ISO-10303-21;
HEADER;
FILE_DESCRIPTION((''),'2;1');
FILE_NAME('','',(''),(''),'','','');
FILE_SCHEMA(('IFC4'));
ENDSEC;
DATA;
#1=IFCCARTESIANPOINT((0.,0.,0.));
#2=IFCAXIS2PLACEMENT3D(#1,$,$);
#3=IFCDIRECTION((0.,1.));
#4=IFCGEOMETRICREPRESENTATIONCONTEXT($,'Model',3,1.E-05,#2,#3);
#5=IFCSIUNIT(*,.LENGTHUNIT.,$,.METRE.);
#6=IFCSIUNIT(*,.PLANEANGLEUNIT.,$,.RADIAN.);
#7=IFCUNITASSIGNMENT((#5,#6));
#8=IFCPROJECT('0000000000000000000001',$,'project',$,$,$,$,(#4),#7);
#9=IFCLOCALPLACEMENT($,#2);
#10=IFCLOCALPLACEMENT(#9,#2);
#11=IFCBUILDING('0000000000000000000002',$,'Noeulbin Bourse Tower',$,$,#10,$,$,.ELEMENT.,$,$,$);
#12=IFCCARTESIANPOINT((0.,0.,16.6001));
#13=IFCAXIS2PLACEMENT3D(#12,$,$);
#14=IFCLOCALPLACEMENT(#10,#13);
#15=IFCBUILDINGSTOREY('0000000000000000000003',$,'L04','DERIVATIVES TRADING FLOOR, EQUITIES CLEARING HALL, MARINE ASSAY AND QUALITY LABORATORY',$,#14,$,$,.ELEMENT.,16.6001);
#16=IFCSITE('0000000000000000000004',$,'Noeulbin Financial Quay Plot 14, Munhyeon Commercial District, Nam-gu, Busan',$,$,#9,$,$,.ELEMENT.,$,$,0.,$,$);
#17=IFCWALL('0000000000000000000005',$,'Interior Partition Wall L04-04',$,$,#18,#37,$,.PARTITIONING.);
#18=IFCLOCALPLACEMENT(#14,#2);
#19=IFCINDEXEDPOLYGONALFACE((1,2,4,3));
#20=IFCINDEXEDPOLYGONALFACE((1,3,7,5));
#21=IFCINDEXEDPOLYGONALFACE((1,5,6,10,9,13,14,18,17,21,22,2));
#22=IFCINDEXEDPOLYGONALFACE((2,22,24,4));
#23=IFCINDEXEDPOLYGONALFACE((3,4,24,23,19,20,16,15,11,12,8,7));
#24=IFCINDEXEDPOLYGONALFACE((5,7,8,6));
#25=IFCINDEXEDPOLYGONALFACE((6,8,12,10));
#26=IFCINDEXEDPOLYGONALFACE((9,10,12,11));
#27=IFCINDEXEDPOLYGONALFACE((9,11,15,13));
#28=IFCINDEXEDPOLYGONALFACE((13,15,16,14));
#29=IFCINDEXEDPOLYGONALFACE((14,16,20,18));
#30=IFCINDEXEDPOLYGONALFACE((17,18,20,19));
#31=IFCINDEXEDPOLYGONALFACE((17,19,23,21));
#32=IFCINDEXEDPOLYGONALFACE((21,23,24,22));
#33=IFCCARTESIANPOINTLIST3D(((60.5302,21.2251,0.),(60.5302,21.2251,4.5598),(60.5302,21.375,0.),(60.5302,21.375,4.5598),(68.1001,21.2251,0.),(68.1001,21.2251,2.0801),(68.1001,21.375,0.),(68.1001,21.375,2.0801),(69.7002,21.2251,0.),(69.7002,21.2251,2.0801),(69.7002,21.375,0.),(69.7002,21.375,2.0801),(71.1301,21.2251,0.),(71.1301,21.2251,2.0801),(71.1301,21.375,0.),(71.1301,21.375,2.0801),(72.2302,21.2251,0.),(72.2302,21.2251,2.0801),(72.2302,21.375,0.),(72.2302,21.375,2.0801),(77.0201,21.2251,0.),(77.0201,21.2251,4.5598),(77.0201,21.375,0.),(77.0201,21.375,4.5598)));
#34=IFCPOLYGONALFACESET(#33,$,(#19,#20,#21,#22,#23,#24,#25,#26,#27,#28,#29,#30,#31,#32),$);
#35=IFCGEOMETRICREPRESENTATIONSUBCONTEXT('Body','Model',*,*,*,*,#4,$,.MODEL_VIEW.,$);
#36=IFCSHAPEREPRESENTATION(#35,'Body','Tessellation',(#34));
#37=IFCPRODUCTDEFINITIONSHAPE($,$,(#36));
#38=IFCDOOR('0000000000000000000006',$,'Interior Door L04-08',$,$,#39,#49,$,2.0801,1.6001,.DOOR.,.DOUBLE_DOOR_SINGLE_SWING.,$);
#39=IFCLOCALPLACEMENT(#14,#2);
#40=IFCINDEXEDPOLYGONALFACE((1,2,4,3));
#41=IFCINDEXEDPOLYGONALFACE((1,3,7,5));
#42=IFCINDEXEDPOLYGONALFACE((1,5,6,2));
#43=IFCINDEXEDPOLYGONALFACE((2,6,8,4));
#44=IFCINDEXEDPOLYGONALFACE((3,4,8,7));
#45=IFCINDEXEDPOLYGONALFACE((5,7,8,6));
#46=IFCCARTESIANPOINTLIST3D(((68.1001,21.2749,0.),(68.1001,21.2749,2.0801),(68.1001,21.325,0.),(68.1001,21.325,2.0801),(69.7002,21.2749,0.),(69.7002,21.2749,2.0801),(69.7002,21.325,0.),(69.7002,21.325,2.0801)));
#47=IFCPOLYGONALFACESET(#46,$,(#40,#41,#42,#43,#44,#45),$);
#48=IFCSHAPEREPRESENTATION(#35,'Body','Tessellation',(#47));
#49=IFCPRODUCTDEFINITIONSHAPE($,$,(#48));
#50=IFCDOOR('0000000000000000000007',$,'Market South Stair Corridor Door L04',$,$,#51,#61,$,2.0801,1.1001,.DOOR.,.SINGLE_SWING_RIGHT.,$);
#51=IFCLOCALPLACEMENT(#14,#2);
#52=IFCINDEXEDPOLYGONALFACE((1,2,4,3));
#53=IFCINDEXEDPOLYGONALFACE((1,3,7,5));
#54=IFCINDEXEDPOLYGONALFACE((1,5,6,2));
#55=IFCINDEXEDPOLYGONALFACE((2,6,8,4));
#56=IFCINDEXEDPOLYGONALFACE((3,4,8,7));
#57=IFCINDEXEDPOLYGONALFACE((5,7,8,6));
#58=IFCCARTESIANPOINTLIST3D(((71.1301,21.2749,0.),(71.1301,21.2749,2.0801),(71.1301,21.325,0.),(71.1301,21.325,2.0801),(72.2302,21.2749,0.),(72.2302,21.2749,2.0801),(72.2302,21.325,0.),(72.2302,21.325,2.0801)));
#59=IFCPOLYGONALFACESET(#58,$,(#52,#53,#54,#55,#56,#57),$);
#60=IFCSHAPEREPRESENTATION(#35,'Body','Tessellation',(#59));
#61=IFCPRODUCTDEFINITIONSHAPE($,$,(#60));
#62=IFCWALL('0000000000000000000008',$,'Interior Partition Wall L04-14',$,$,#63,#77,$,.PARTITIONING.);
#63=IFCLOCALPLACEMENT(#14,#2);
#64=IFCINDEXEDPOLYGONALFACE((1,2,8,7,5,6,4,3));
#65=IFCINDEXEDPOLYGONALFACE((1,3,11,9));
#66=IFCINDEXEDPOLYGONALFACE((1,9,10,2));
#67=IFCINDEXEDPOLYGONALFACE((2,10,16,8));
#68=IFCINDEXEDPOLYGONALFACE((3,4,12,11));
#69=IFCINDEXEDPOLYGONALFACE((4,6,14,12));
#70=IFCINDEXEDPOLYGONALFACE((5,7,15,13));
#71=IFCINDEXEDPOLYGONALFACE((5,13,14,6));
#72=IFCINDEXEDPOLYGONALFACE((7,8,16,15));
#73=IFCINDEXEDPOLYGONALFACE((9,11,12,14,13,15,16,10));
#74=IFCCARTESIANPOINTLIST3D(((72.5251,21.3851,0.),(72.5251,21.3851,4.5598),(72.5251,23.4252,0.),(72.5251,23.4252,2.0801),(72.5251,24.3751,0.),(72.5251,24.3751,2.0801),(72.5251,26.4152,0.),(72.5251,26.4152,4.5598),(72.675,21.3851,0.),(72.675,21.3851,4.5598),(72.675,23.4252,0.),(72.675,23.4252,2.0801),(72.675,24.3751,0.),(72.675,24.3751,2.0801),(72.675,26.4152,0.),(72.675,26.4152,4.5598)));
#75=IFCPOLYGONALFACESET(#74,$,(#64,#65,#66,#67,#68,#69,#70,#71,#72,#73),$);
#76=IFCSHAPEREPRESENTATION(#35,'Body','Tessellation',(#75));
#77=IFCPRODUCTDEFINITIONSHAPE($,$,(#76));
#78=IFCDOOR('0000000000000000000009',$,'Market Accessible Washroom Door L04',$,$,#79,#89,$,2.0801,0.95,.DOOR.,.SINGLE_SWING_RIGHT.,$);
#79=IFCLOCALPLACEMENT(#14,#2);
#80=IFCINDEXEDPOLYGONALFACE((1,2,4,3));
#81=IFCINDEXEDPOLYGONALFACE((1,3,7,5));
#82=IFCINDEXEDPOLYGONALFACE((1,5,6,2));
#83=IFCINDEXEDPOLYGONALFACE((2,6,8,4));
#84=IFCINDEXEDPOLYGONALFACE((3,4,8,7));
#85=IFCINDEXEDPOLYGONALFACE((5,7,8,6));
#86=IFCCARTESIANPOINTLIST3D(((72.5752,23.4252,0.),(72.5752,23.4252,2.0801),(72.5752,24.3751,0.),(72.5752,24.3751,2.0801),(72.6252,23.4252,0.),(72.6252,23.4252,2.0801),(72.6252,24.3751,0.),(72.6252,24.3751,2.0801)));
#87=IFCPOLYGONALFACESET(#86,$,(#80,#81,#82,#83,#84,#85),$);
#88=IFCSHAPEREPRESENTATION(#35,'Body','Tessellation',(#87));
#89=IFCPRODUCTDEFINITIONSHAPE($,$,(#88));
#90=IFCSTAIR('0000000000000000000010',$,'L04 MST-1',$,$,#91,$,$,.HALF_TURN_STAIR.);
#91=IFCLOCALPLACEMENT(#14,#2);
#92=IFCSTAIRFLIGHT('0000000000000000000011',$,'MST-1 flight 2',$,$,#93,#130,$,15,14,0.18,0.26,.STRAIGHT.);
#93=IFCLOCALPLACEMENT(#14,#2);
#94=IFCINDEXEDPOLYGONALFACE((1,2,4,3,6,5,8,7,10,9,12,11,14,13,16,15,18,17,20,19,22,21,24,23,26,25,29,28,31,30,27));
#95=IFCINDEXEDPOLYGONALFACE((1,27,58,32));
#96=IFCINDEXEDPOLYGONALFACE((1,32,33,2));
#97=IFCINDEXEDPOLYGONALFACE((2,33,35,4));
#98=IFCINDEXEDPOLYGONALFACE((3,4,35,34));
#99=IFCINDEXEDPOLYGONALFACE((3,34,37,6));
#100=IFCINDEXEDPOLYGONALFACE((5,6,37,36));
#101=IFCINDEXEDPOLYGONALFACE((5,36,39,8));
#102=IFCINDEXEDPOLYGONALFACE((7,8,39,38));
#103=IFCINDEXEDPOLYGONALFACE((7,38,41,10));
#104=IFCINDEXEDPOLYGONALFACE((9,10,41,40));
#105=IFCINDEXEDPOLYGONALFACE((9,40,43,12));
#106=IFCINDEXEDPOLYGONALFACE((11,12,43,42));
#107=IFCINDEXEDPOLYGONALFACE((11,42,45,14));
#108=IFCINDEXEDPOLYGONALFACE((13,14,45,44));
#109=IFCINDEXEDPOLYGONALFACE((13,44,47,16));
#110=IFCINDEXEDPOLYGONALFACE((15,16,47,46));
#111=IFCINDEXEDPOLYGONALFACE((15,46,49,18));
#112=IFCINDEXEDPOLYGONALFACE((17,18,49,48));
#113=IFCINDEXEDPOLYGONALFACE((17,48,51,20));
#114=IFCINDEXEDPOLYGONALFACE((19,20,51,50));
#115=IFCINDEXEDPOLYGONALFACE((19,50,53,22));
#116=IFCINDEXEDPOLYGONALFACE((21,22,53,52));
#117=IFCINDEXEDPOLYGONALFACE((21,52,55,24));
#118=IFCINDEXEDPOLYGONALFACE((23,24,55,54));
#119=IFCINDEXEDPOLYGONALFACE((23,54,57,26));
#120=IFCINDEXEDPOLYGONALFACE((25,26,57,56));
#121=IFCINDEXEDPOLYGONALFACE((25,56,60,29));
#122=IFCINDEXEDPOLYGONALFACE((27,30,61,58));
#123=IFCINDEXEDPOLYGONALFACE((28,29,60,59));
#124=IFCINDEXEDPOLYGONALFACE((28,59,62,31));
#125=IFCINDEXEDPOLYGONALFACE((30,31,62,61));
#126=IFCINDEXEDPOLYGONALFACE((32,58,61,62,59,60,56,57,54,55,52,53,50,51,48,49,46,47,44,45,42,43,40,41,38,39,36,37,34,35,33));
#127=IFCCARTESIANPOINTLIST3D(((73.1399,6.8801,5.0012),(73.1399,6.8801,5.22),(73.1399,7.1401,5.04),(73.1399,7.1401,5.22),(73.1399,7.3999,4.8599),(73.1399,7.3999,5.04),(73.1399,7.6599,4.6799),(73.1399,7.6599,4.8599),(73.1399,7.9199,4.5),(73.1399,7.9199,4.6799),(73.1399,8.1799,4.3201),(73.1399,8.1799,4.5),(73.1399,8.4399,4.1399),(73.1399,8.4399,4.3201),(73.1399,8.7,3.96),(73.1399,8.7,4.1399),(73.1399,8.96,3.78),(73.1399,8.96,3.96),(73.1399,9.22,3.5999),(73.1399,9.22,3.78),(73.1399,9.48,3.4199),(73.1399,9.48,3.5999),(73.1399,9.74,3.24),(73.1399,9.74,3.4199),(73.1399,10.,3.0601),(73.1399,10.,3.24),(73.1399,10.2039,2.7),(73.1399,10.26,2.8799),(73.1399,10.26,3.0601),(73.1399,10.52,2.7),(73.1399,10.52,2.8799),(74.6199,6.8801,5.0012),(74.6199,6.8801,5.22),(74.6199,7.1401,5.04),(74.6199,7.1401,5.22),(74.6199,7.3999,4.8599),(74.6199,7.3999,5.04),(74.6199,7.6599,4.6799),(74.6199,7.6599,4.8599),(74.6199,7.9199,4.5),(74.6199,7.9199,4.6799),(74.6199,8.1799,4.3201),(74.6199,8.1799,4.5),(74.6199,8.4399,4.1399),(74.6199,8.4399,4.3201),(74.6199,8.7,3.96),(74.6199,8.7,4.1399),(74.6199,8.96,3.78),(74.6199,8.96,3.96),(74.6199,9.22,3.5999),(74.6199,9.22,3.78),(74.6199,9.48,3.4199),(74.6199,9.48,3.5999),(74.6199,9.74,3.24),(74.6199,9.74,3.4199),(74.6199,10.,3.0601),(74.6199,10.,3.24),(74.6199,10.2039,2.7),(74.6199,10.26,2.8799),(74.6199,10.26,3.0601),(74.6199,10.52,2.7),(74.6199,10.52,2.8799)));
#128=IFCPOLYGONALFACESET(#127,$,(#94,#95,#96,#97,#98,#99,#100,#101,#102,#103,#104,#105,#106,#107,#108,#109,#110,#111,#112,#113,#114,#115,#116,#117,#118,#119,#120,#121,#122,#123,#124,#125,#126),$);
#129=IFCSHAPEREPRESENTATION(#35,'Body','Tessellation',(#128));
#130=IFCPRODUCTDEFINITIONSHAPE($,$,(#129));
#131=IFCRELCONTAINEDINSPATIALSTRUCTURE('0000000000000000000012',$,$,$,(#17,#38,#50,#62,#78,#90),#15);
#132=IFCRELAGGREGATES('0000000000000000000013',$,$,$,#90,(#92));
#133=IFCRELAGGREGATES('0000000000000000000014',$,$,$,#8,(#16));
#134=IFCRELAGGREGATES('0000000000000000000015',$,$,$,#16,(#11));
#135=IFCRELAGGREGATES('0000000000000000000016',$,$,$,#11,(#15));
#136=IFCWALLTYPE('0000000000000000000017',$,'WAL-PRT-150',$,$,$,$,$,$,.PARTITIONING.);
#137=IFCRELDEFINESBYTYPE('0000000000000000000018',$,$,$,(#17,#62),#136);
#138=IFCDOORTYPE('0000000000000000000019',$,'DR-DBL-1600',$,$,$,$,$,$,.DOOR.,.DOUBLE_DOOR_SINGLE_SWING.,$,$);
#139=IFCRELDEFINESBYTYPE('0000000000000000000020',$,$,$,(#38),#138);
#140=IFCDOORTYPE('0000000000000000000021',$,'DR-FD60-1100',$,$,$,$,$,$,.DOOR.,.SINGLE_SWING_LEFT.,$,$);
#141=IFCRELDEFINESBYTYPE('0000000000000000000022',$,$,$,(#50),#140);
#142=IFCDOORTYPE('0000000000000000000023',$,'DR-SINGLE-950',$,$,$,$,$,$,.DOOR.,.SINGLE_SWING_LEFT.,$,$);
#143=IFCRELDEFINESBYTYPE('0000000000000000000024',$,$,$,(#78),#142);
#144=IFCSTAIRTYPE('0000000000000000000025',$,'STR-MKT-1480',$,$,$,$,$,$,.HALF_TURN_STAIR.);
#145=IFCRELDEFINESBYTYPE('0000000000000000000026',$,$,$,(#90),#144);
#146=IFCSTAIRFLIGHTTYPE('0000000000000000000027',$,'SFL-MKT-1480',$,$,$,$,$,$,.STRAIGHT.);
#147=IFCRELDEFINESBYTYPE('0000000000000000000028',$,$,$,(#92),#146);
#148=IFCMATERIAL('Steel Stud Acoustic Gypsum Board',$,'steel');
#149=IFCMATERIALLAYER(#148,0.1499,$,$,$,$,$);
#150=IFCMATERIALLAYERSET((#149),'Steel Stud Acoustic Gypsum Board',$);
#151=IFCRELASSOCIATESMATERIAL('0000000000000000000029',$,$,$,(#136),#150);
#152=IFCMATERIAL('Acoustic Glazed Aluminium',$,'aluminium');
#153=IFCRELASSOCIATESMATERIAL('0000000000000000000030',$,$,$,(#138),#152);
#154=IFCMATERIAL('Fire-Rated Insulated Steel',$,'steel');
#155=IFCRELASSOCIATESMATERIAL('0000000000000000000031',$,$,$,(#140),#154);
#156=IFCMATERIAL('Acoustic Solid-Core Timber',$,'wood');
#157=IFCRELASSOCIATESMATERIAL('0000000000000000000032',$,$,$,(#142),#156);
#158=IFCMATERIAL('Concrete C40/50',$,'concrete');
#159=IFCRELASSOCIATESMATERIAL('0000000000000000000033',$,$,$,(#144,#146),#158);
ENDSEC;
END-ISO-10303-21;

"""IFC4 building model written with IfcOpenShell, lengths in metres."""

from ifc_helpers import new_model, si_unit, direction, frame, frame_2d, origin, place, context, subcontext, project, spatial, polyline, rectangle, outline, extrude, material, layer, layer_set, type_object, element, fill, aggregate, save


model = new_model("IFC4")

# Units and contexts
model_context = context("Model", 3, precision=1e-05, world=origin(), true_north=direction((0.0, 1.0)))
body_context = subcontext(model_context, "Body", "Model", "MODEL_VIEW")
ifc_project = project(units=[si_unit("LENGTHUNIT", "METRE"), si_unit("PLANEANGLEUNIT", "RADIAN")], contexts=[model_context])

# Site, building, storey
site_placement = place(None, origin())
site = spatial("IfcSite", under=ifc_project, at=site_placement, Name="Noeulbin Financial Quay Plot 14, Munhyeon Commercial District, Nam-gu, Busan", CompositionType="ELEMENT", RefElevation=0.0)
building_placement = place(site_placement, origin())
building = spatial("IfcBuilding", under=site, at=building_placement, Name="Noeulbin Bourse Tower", CompositionType="ELEMENT")
storey_placement = place(building_placement, frame((0.0, 0.0, 16.6001)))
storey = spatial("IfcBuildingStorey", under=building, at=storey_placement, Name="L04", Description="DERIVATIVES TRADING FLOOR, EQUITIES CLEARING HALL, MARINE ASSAY AND QUALITY LABORATORY", CompositionType="ELEMENT", Elevation=16.6001)

# Shared definitions
ifc_material_1 = material(Name="Concrete C40/50", Category="concrete")

# Wall, openings, doors
ifc_material_2 = material(Name="Steel Stud Acoustic Gypsum Board", Category="steel")
ifc_layer_1 = layer(ifc_material_2, 0.1499)
ifc_layer_set_1 = layer_set([ifc_layer_1], Name="Steel Stud Acoustic Gypsum Board")
wall_type_1 = type_object("IfcWallType", Name="WAL-PRT-150", PredefinedType="PARTITIONING", material=ifc_layer_set_1)
wall_1_placement = place(storey_placement, frame((60.53, 21.3, 0.0), z_axis=(0.0, 0.0, 1.0), x_axis=(1.0, 0.0, 0.0)))
wall_1 = element("IfcWall", 1, at=wall_1_placement, inside=storey, type_object=wall_type_1, Name="Interior Partition Wall L04-04", PredefinedType="PARTITIONING", context=body_context, shape_type="SweptSolid", body=[
    extrude(rectangle(XDim=16.49, YDim=0.1499, at=frame_2d((8.2451, 0.0))), origin(), (0.0, 0.0, 1.0), 4.5598),
])
opening_1_placement = place(wall_1_placement, frame((7.5701, 0.0, 0.0)))
opening_1 = element("IfcOpeningElement", 2, at=opening_1_placement, cuts=wall_1, PredefinedType="OPENING", context=body_context, shape_type="SweptSolid", body=[
    extrude(rectangle(XDim=1.6001, YDim=2.0801, at=frame_2d((0.8, 1.04))), frame((0.0, 0.085, 0.0), z_axis=(0.0, -1.0, 0.0), x_axis=(1.0, 0.0, 0.0)), (0.0, 0.0, 1.0), 0.1699),
])
opening_2_placement = place(wall_1_placement, frame((10.6001, 0.0, 0.0)))
opening_2 = element("IfcOpeningElement", 3, at=opening_2_placement, cuts=wall_1, PredefinedType="OPENING", context=body_context, shape_type="SweptSolid", body=[
    extrude(rectangle(XDim=1.1001, YDim=2.0801, at=frame_2d((0.55, 1.04))), frame((0.0, 0.085, 0.0), z_axis=(0.0, -1.0, 0.0), x_axis=(1.0, 0.0, 0.0)), (0.0, 0.0, 1.0), 0.1699),
])
ifc_material_3 = material(Name="Acoustic Glazed Aluminium", Category="aluminium")
door_type_1 = type_object("IfcDoorType", Name="DR-DBL-1600", OperationType="DOUBLE_DOOR_SINGLE_SWING", PredefinedType="DOOR", material=ifc_material_3)
door_1_placement = place(opening_1_placement, origin())
door_1 = element("IfcDoor", 4, at=door_1_placement, inside=storey, type_object=door_type_1, Name="Interior Door L04-08", OperationType="DOUBLE_DOOR_SINGLE_SWING", OverallHeight=2.0801, OverallWidth=1.6001, PredefinedType="DOOR", context=body_context, shape_type="SweptSolid", body=[
    extrude(rectangle(XDim=1.6001, YDim=2.0801, at=frame_2d((0.8, 1.04))), frame((0.0, 0.0249, 0.0), z_axis=(0.0, -1.0, 0.0), x_axis=(1.0, 0.0, 0.0)), (0.0, 0.0, 1.0), 0.05),
])
fill(opening_1, door_1)
ifc_material_4 = material(Name="Fire-Rated Insulated Steel", Category="steel")
door_type_2 = type_object("IfcDoorType", Name="DR-FD60-1100", OperationType="SINGLE_SWING_LEFT", PredefinedType="DOOR", material=ifc_material_4)
door_2_placement = place(opening_2_placement, origin())
door_2 = element("IfcDoor", 5, at=door_2_placement, inside=storey, type_object=door_type_2, Name="Market South Stair Corridor Door L04", OperationType="SINGLE_SWING_RIGHT", OverallHeight=2.0801, OverallWidth=1.1001, PredefinedType="DOOR", context=body_context, shape_type="SweptSolid", body=[
    extrude(rectangle(XDim=1.1001, YDim=2.0801, at=frame_2d((0.55, 1.04))), frame((0.0, 0.0249, 0.0), z_axis=(0.0, -1.0, 0.0), x_axis=(1.0, 0.0, 0.0)), (0.0, 0.0, 1.0), 0.05),
])
fill(opening_2, door_2)

# Wall, opening, door
wall_2_placement = place(storey_placement, frame((72.6001, 21.385, 0.0), z_axis=(0.0, 0.0, 1.0), x_axis=(0.0, 1.0, 0.0)))
wall_2 = element("IfcWall", 6, at=wall_2_placement, inside=storey, type_object=wall_type_1, Name="Interior Partition Wall L04-14", PredefinedType="PARTITIONING", context=body_context, shape_type="SweptSolid", body=[
    extrude(rectangle(XDim=5.03, YDim=0.1499, at=frame_2d((2.5151, 0.0))), origin(), (0.0, 0.0, 1.0), 4.5598),
])
opening_3_placement = place(wall_2_placement, frame((2.04, 0.0, 0.0)))
opening_3 = element("IfcOpeningElement", 7, at=opening_3_placement, cuts=wall_2, PredefinedType="OPENING", context=body_context, shape_type="SweptSolid", body=[
    extrude(rectangle(XDim=0.95, YDim=2.0801, at=frame_2d((0.4751, 1.04))), frame((0.0, 0.085, 0.0), z_axis=(0.0, -1.0, 0.0), x_axis=(1.0, 0.0, 0.0)), (0.0, 0.0, 1.0), 0.1699),
])
ifc_material_5 = material(Name="Acoustic Solid-Core Timber", Category="wood")
door_type_3 = type_object("IfcDoorType", Name="DR-SINGLE-950", OperationType="SINGLE_SWING_LEFT", PredefinedType="DOOR", material=ifc_material_5)
door_3_placement = place(opening_3_placement, origin())
door_3 = element("IfcDoor", 8, at=door_3_placement, inside=storey, type_object=door_type_3, Name="Market Accessible Washroom Door L04", OperationType="SINGLE_SWING_RIGHT", OverallHeight=2.0801, OverallWidth=0.95, PredefinedType="DOOR", context=body_context, shape_type="SweptSolid", body=[
    extrude(rectangle(XDim=0.95, YDim=2.0801, at=frame_2d((0.4751, 1.04))), frame((0.0, 0.0249, 0.0), z_axis=(0.0, -1.0, 0.0), x_axis=(1.0, 0.0, 0.0)), (0.0, 0.0, 1.0), 0.05),
])
fill(opening_3, door_3)

# Stair, stair flight
stair_type = type_object("IfcStairType", Name="STR-MKT-1480", PredefinedType="HALF_TURN_STAIR", material=ifc_material_1)
stair_placement = place(storey_placement, origin())
stair = element("IfcStair", 9, at=stair_placement, inside=storey, type_object=stair_type, Name="L04 MST-1", PredefinedType="HALF_TURN_STAIR")
stair_flight_type = type_object("IfcStairFlightType", Name="SFL-MKT-1480", PredefinedType="STRAIGHT", material=ifc_material_1)
stair_flight_placement = place(storey_placement, frame((73.8799, 10.52, 2.7), z_axis=(0.0, 0.0, 1.0), x_axis=(0.0, -1.0, 0.0)))
stair_flight = element("IfcStairFlight", 10, at=stair_flight_placement, type_object=stair_flight_type, Name="MST-1 flight 2", NumberOfRisers=15, NumberOfTreads=14, PredefinedType="STRAIGHT", RiserHeight=0.18, TreadLength=0.26, context=body_context, shape_type="SweptSolid", body=[
    extrude(outline(polyline([(0.0, 0.0), (0.0, 0.1799), (0.26, 0.1799), (0.26, 0.3601), (0.52, 0.3601), (0.52, 0.54), (0.78, 0.54), (0.78, 0.72), (1.04, 0.72), (1.04, 0.8999), (1.3, 0.8999), (1.3, 1.0801), (1.5601, 1.0801), (1.5601, 1.26), (1.8201, 1.26), (1.8201, 1.4399), (2.0801, 1.4399), (2.0801, 1.6201), (2.3401, 1.6201), (2.3401, 1.8), (2.6001, 1.8), (2.6001, 1.98), (2.8601, 1.98), (2.8601, 2.1599), (3.1201, 2.1599), (3.1201, 2.3401), (3.3799, 2.3401), (3.3799, 2.52), (3.6399, 2.52), (3.6399, 2.7), (3.6399, 2.3013), (0.3162, 0.0), (0.0, 0.0)])), frame((0.0, 0.74, 0.0), z_axis=(0.0, -1.0, 0.0), x_axis=(1.0, 0.0, 0.0)), (0.0, 0.0, 1.0), 1.48),
])
aggregate(stair, [stair_flight])

save(model, "model.ifc")
